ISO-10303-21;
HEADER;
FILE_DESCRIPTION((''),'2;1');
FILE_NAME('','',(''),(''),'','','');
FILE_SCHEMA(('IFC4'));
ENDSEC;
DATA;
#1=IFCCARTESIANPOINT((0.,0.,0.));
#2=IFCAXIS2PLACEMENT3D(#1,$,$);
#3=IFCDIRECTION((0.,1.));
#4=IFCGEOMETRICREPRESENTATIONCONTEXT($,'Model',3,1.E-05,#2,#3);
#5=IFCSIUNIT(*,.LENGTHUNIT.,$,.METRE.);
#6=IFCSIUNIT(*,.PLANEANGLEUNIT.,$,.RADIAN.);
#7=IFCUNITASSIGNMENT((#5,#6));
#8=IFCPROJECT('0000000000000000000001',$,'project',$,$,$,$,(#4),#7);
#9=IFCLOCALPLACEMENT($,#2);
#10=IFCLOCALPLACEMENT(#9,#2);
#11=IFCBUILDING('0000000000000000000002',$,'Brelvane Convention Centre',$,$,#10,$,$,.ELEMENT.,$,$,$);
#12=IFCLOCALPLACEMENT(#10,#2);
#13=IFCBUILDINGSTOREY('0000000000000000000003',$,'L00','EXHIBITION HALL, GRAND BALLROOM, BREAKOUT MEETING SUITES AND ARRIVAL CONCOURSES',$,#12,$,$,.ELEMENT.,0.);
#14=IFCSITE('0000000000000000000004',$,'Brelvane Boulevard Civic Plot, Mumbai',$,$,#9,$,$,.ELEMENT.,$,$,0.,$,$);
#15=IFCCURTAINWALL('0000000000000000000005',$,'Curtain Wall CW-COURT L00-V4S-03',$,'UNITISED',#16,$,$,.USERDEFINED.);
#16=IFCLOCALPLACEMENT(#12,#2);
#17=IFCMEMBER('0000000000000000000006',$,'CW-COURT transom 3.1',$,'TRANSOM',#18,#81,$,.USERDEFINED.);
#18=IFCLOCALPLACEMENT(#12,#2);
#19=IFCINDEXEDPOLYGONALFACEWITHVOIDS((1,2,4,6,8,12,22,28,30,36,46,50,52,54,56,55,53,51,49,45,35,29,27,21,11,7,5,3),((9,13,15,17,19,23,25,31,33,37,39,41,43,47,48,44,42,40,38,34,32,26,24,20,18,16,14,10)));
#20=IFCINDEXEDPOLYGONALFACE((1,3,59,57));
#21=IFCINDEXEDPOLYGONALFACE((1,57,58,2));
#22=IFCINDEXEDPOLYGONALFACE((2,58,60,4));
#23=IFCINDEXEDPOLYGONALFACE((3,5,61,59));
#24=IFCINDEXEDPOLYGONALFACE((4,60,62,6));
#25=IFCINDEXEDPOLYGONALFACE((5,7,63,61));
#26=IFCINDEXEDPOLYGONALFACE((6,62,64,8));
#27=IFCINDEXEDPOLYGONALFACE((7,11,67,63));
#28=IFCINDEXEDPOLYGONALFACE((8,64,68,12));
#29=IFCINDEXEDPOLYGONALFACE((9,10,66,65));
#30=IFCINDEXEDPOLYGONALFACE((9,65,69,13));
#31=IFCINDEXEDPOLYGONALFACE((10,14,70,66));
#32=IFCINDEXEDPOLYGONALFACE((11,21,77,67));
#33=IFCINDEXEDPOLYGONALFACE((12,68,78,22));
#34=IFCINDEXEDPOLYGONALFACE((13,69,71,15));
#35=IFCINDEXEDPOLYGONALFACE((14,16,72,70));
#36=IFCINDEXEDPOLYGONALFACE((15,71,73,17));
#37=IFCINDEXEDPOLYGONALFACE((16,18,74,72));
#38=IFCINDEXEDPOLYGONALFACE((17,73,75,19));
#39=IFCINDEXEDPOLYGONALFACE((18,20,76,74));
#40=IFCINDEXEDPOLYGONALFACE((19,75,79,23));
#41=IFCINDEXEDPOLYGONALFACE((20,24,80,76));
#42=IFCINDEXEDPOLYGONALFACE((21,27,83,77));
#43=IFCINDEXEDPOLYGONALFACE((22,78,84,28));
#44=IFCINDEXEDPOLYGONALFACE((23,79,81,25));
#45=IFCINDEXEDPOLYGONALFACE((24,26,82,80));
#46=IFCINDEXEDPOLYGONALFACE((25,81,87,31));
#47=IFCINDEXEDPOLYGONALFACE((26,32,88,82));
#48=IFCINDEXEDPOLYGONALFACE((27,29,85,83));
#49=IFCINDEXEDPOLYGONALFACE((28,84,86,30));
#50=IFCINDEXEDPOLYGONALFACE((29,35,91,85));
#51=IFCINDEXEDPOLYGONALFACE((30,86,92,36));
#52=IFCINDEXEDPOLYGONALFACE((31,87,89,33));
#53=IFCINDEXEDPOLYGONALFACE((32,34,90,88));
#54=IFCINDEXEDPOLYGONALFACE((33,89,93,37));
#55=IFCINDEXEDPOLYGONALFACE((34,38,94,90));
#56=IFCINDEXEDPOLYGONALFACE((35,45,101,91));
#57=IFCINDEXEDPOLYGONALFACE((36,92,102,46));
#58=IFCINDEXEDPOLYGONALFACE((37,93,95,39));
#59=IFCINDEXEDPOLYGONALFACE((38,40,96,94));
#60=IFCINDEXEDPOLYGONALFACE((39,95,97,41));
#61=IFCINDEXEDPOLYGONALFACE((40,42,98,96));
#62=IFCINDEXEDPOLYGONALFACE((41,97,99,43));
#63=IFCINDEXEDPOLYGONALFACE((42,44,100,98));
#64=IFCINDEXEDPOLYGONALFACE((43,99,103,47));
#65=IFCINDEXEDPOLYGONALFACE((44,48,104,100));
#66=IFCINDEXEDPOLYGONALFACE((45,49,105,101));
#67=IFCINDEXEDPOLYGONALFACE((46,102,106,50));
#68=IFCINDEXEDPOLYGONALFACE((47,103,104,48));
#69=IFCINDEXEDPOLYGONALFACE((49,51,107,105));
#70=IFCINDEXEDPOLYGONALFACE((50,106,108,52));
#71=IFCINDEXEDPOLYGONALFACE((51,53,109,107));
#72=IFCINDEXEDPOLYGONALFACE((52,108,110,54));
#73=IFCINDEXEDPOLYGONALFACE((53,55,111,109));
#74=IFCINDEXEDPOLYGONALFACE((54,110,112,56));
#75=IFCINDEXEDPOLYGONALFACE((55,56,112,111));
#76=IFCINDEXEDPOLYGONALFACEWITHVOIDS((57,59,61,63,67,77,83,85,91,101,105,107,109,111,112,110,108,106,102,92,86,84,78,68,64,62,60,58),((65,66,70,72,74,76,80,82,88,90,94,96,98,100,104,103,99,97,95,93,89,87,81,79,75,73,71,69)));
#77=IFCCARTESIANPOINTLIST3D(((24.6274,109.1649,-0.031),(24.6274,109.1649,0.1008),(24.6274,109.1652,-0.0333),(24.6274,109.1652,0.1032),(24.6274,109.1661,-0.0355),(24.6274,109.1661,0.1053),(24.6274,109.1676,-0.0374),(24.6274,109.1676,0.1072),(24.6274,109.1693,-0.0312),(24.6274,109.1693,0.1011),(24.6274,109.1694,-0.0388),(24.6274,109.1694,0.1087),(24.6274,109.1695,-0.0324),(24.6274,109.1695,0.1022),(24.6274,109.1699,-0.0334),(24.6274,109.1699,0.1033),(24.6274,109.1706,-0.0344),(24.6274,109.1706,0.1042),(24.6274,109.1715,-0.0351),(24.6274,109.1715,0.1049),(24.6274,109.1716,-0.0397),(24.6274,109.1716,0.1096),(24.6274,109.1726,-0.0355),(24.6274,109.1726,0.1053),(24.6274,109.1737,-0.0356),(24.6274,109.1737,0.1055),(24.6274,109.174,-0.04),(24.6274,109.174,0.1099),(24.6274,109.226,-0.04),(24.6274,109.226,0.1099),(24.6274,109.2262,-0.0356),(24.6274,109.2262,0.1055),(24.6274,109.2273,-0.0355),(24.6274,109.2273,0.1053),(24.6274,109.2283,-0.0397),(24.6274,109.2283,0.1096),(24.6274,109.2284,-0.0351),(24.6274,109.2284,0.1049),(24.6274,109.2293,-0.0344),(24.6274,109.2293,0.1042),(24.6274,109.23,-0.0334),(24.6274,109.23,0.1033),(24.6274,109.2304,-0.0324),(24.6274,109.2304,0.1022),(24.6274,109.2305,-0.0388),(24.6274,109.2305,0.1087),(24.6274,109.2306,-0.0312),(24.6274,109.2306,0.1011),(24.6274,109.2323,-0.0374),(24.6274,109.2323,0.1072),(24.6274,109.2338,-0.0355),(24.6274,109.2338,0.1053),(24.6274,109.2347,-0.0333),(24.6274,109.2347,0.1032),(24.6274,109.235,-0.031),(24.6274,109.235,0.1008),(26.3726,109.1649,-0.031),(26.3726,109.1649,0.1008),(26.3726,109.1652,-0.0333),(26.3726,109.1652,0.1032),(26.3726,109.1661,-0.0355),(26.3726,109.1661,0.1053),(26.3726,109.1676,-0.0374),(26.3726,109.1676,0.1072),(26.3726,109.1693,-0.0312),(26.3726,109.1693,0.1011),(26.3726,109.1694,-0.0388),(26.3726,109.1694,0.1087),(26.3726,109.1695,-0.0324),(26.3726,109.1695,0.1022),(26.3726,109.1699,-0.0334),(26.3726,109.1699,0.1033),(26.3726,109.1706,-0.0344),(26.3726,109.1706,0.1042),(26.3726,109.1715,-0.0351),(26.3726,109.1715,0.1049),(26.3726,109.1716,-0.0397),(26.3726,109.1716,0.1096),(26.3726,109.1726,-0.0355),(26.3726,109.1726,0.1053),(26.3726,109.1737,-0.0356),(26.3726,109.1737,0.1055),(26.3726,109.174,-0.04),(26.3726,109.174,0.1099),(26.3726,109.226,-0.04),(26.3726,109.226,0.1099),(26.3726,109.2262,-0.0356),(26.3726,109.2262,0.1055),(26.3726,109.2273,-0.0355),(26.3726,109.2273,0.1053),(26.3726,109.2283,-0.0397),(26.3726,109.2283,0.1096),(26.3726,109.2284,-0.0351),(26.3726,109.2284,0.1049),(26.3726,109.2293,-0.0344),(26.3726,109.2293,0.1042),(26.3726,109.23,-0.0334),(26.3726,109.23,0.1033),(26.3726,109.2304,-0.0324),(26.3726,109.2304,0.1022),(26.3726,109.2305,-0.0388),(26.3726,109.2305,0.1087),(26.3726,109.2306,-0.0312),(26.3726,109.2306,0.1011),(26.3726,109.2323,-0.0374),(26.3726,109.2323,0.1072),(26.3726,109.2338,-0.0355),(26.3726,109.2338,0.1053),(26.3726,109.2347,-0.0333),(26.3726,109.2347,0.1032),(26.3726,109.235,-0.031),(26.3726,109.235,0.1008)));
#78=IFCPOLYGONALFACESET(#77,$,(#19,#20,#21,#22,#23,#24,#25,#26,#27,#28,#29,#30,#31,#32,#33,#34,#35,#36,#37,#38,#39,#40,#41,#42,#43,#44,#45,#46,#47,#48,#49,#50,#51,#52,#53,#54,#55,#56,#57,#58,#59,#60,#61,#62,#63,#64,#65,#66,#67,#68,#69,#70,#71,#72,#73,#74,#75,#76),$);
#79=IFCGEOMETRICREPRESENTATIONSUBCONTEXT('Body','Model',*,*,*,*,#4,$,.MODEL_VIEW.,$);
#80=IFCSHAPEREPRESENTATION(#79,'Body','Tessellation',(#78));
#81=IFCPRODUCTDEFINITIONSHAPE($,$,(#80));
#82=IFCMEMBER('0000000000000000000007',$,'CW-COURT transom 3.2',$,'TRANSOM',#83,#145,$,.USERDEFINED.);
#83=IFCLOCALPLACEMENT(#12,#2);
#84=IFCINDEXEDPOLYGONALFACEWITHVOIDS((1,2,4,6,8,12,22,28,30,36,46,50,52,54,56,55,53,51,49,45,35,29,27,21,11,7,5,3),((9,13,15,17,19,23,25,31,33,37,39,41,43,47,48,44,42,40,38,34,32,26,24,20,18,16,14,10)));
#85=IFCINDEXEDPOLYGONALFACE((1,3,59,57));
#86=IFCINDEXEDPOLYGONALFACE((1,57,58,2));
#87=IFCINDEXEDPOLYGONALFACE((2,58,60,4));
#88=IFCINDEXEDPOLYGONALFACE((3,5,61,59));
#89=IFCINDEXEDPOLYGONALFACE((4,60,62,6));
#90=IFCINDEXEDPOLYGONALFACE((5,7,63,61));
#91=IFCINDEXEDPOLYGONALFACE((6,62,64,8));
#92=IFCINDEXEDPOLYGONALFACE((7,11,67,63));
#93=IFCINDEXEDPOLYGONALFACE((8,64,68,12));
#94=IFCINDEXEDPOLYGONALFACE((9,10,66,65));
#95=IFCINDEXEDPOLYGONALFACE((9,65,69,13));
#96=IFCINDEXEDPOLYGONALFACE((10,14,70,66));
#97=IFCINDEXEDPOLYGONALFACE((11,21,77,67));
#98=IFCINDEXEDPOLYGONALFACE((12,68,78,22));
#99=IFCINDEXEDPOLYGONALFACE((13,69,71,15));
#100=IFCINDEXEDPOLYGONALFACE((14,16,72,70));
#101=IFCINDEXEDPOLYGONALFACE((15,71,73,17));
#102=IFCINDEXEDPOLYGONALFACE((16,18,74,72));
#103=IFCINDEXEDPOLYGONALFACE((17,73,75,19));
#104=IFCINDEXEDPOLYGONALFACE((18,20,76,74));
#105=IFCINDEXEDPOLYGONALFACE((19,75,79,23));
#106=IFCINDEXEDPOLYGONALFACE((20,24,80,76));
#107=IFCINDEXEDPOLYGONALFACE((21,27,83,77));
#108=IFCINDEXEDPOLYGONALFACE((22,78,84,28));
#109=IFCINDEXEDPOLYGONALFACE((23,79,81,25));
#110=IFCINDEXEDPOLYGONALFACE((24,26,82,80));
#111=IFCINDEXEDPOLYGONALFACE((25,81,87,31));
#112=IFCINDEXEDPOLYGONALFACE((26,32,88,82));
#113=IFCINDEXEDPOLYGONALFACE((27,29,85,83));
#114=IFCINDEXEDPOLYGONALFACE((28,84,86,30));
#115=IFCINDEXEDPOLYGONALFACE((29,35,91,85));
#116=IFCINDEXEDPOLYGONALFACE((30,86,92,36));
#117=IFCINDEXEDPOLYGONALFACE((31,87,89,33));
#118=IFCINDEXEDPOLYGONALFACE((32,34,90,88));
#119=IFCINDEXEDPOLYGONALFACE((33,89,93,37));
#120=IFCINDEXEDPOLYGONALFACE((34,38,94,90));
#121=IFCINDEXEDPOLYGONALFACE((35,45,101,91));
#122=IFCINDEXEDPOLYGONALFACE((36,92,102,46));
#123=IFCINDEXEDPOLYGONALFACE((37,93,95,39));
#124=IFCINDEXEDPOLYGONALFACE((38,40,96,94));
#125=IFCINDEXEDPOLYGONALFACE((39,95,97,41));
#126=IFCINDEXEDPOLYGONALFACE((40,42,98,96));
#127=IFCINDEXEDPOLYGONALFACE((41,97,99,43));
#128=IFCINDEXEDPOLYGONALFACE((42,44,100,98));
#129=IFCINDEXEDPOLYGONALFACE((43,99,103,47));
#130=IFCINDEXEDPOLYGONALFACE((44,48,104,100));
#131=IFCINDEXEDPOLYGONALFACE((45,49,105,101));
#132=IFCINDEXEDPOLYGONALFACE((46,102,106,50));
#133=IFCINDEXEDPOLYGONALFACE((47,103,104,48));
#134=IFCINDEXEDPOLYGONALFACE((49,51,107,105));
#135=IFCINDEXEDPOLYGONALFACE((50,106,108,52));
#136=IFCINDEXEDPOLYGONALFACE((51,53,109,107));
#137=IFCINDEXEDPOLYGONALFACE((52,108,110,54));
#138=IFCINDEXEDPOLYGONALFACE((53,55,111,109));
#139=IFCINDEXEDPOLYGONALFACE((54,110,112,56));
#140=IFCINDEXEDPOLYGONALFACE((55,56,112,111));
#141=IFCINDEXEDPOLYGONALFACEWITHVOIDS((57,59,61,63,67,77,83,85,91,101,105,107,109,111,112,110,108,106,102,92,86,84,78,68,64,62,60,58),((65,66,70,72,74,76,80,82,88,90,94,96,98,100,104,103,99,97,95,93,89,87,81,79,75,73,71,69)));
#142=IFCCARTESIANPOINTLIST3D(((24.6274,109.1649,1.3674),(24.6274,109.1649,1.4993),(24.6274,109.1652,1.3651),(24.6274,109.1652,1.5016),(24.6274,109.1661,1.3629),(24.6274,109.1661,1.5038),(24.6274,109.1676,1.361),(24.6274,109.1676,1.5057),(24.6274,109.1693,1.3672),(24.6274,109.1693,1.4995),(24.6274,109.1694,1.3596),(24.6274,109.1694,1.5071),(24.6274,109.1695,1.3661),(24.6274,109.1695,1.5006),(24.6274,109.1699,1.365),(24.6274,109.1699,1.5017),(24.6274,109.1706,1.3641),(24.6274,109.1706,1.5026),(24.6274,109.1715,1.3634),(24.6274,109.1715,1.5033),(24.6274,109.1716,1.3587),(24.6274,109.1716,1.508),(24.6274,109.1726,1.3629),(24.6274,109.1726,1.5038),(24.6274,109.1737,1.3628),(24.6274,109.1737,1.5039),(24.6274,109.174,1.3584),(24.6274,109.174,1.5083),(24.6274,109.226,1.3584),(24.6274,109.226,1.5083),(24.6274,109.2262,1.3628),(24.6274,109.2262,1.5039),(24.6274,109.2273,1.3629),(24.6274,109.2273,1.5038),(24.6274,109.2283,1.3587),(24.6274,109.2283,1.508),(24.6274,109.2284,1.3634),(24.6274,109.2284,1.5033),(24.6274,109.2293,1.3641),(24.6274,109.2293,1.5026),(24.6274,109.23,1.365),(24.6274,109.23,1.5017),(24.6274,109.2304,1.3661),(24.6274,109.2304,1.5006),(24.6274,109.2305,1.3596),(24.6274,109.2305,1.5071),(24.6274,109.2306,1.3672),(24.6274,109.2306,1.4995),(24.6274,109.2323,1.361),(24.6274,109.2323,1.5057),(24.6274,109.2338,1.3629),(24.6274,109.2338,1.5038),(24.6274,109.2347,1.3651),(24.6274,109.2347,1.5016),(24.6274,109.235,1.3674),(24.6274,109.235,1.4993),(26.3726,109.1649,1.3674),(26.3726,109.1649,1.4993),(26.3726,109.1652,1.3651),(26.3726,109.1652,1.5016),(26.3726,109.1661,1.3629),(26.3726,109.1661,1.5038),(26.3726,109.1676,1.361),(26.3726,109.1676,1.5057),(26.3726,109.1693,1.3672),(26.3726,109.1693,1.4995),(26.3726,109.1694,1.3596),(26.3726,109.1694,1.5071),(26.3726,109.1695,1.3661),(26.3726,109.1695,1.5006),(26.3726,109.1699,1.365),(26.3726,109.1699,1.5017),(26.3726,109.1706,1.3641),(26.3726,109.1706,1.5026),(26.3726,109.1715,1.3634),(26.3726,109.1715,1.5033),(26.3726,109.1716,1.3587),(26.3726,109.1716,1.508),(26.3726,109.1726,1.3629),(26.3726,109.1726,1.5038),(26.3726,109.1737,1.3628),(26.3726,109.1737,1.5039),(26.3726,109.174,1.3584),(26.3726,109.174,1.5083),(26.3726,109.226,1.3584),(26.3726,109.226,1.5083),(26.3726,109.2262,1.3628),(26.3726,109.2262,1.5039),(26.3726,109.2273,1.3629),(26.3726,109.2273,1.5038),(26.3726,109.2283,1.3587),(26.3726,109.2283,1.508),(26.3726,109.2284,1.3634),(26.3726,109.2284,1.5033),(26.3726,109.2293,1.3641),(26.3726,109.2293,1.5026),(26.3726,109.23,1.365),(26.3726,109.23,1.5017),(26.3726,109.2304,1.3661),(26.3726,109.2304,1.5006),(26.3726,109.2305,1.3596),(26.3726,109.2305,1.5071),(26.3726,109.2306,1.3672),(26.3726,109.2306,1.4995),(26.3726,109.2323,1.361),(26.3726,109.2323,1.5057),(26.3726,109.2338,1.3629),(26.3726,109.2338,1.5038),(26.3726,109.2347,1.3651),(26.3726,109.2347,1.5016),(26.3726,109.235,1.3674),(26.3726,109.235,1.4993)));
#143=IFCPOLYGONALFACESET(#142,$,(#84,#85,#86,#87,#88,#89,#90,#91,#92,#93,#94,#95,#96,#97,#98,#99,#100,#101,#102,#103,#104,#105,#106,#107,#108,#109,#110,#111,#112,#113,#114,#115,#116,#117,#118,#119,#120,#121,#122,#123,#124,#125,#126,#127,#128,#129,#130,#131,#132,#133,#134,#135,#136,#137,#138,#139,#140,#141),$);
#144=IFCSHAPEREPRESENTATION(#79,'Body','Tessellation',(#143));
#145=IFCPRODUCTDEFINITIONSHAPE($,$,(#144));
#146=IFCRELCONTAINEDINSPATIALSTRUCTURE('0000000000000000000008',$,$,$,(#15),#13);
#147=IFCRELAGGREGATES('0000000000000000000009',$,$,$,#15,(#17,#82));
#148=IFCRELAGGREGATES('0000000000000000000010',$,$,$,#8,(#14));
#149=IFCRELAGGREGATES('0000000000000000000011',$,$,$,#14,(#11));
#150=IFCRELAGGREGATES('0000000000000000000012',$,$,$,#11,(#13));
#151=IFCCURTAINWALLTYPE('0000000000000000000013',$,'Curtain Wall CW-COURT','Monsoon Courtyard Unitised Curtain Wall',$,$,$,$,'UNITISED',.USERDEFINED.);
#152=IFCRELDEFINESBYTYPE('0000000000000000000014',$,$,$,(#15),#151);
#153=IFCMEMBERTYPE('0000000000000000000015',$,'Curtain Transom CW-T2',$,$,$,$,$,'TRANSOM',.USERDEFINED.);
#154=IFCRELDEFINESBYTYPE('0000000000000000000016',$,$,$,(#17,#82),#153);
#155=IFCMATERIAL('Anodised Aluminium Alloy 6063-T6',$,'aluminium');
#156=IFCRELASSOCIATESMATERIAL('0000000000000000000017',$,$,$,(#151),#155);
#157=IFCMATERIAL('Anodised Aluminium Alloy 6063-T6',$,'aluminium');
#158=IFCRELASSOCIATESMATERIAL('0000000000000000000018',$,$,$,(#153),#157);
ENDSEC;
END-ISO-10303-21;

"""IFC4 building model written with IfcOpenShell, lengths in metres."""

from ifc_helpers import new_model, si_unit, direction, frame, origin, origin_2d, place, context, subcontext, project, spatial, hollow_rectangle, extrude, material, material_profile, profile_set, type_object, element, aggregate, save


model = new_model("IFC4")

# Units and contexts
model_context = context("Model", 3, precision=1e-05, world=origin(), true_north=direction((0.0, 1.0)))
body_context = subcontext(model_context, "Body", "Model", "MODEL_VIEW")
ifc_project = project(units=[si_unit("LENGTHUNIT", "METRE"), si_unit("PLANEANGLEUNIT", "RADIAN")], contexts=[model_context])

# Site, building, storey
site_placement = place(None, origin())
site = spatial("IfcSite", under=ifc_project, at=site_placement, Name="Brelvane Boulevard Civic Plot, Mumbai", CompositionType="ELEMENT", RefElevation=0.0)
building_placement = place(site_placement, origin())
building = spatial("IfcBuilding", under=site, at=building_placement, Name="Brelvane Convention Centre", CompositionType="ELEMENT")
storey_placement = place(building_placement, origin())
storey = spatial("IfcBuildingStorey", under=building, at=storey_placement, Name="L00", Description="EXHIBITION HALL, GRAND BALLROOM, BREAKOUT MEETING SUITES AND ARRIVAL CONCOURSES", CompositionType="ELEMENT", Elevation=0.0)

# Curtain wall, members
ifc_material_1 = material(Name="Anodised Aluminium Alloy 6063-T6", Category="aluminium")
curtain_wall_type = type_object("IfcCurtainWallType", Name="Curtain Wall CW-COURT", Description="Monsoon Courtyard Unitised Curtain Wall", ElementType="UNITISED", PredefinedType="USERDEFINED", material=ifc_material_1)
curtain_wall_placement = place(storey_placement, origin())
curtain_wall = element("IfcCurtainWall", 1, at=curtain_wall_placement, inside=storey, type_object=curtain_wall_type, Name="Curtain Wall CW-COURT L00-V4S-03", ObjectType="UNITISED", PredefinedType="USERDEFINED")
ifc_material_2 = material(Name="Anodised Aluminium Alloy 6063-T6", Category="aluminium")
ifc_material_profile_1 = material_profile(ifc_material_2, hollow_rectangle(XDim=0.0701, YDim=0.1499, WallThickness=0.0044, InnerFilletRadius=0.0044, OuterFilletRadius=0.009, at=origin_2d()), Name="ALU-T 150x70x4.5")
ifc_profile_set_1 = profile_set([ifc_material_profile_1], Name="Anodised Aluminium Alloy 6063-T6")
member_type_1 = type_object("IfcMemberType", Name="Curtain Transom CW-T2", ElementType="TRANSOM", PredefinedType="USERDEFINED", material=ifc_profile_set_1)
member_1_placement = place(storey_placement, frame((24.6274, 109.2, 0.0349), z_axis=(1.0, 0.0, 0.0), x_axis=(0.0, 1.0, 0.0)))
member_1 = element("IfcMember", 2, at=member_1_placement, type_object=member_type_1, Name="CW-COURT transom 3.1", ObjectType="TRANSOM", PredefinedType="USERDEFINED", context=body_context, shape_type="SweptSolid", body=[
    extrude(hollow_rectangle(XDim=0.0701, YDim=0.1499, WallThickness=0.0044, InnerFilletRadius=0.0044, OuterFilletRadius=0.009, at=origin_2d()), origin(), (0.0, 0.0, 1.0), 1.7451),
])
member_2_placement = place(storey_placement, frame((24.6274, 109.2, 1.4333), z_axis=(1.0, 0.0, 0.0), x_axis=(0.0, 1.0, 0.0)))
member_2 = element("IfcMember", 3, at=member_2_placement, type_object=member_type_1, Name="CW-COURT transom 3.2", ObjectType="TRANSOM", PredefinedType="USERDEFINED", context=body_context, shape_type="SweptSolid", body=[
    extrude(hollow_rectangle(XDim=0.0701, YDim=0.1499, WallThickness=0.0044, InnerFilletRadius=0.0044, OuterFilletRadius=0.009, at=origin_2d()), origin(), (0.0, 0.0, 1.0), 1.7451),
])

aggregate(curtain_wall, [member_1, member_2])

save(model, "model.ifc")
